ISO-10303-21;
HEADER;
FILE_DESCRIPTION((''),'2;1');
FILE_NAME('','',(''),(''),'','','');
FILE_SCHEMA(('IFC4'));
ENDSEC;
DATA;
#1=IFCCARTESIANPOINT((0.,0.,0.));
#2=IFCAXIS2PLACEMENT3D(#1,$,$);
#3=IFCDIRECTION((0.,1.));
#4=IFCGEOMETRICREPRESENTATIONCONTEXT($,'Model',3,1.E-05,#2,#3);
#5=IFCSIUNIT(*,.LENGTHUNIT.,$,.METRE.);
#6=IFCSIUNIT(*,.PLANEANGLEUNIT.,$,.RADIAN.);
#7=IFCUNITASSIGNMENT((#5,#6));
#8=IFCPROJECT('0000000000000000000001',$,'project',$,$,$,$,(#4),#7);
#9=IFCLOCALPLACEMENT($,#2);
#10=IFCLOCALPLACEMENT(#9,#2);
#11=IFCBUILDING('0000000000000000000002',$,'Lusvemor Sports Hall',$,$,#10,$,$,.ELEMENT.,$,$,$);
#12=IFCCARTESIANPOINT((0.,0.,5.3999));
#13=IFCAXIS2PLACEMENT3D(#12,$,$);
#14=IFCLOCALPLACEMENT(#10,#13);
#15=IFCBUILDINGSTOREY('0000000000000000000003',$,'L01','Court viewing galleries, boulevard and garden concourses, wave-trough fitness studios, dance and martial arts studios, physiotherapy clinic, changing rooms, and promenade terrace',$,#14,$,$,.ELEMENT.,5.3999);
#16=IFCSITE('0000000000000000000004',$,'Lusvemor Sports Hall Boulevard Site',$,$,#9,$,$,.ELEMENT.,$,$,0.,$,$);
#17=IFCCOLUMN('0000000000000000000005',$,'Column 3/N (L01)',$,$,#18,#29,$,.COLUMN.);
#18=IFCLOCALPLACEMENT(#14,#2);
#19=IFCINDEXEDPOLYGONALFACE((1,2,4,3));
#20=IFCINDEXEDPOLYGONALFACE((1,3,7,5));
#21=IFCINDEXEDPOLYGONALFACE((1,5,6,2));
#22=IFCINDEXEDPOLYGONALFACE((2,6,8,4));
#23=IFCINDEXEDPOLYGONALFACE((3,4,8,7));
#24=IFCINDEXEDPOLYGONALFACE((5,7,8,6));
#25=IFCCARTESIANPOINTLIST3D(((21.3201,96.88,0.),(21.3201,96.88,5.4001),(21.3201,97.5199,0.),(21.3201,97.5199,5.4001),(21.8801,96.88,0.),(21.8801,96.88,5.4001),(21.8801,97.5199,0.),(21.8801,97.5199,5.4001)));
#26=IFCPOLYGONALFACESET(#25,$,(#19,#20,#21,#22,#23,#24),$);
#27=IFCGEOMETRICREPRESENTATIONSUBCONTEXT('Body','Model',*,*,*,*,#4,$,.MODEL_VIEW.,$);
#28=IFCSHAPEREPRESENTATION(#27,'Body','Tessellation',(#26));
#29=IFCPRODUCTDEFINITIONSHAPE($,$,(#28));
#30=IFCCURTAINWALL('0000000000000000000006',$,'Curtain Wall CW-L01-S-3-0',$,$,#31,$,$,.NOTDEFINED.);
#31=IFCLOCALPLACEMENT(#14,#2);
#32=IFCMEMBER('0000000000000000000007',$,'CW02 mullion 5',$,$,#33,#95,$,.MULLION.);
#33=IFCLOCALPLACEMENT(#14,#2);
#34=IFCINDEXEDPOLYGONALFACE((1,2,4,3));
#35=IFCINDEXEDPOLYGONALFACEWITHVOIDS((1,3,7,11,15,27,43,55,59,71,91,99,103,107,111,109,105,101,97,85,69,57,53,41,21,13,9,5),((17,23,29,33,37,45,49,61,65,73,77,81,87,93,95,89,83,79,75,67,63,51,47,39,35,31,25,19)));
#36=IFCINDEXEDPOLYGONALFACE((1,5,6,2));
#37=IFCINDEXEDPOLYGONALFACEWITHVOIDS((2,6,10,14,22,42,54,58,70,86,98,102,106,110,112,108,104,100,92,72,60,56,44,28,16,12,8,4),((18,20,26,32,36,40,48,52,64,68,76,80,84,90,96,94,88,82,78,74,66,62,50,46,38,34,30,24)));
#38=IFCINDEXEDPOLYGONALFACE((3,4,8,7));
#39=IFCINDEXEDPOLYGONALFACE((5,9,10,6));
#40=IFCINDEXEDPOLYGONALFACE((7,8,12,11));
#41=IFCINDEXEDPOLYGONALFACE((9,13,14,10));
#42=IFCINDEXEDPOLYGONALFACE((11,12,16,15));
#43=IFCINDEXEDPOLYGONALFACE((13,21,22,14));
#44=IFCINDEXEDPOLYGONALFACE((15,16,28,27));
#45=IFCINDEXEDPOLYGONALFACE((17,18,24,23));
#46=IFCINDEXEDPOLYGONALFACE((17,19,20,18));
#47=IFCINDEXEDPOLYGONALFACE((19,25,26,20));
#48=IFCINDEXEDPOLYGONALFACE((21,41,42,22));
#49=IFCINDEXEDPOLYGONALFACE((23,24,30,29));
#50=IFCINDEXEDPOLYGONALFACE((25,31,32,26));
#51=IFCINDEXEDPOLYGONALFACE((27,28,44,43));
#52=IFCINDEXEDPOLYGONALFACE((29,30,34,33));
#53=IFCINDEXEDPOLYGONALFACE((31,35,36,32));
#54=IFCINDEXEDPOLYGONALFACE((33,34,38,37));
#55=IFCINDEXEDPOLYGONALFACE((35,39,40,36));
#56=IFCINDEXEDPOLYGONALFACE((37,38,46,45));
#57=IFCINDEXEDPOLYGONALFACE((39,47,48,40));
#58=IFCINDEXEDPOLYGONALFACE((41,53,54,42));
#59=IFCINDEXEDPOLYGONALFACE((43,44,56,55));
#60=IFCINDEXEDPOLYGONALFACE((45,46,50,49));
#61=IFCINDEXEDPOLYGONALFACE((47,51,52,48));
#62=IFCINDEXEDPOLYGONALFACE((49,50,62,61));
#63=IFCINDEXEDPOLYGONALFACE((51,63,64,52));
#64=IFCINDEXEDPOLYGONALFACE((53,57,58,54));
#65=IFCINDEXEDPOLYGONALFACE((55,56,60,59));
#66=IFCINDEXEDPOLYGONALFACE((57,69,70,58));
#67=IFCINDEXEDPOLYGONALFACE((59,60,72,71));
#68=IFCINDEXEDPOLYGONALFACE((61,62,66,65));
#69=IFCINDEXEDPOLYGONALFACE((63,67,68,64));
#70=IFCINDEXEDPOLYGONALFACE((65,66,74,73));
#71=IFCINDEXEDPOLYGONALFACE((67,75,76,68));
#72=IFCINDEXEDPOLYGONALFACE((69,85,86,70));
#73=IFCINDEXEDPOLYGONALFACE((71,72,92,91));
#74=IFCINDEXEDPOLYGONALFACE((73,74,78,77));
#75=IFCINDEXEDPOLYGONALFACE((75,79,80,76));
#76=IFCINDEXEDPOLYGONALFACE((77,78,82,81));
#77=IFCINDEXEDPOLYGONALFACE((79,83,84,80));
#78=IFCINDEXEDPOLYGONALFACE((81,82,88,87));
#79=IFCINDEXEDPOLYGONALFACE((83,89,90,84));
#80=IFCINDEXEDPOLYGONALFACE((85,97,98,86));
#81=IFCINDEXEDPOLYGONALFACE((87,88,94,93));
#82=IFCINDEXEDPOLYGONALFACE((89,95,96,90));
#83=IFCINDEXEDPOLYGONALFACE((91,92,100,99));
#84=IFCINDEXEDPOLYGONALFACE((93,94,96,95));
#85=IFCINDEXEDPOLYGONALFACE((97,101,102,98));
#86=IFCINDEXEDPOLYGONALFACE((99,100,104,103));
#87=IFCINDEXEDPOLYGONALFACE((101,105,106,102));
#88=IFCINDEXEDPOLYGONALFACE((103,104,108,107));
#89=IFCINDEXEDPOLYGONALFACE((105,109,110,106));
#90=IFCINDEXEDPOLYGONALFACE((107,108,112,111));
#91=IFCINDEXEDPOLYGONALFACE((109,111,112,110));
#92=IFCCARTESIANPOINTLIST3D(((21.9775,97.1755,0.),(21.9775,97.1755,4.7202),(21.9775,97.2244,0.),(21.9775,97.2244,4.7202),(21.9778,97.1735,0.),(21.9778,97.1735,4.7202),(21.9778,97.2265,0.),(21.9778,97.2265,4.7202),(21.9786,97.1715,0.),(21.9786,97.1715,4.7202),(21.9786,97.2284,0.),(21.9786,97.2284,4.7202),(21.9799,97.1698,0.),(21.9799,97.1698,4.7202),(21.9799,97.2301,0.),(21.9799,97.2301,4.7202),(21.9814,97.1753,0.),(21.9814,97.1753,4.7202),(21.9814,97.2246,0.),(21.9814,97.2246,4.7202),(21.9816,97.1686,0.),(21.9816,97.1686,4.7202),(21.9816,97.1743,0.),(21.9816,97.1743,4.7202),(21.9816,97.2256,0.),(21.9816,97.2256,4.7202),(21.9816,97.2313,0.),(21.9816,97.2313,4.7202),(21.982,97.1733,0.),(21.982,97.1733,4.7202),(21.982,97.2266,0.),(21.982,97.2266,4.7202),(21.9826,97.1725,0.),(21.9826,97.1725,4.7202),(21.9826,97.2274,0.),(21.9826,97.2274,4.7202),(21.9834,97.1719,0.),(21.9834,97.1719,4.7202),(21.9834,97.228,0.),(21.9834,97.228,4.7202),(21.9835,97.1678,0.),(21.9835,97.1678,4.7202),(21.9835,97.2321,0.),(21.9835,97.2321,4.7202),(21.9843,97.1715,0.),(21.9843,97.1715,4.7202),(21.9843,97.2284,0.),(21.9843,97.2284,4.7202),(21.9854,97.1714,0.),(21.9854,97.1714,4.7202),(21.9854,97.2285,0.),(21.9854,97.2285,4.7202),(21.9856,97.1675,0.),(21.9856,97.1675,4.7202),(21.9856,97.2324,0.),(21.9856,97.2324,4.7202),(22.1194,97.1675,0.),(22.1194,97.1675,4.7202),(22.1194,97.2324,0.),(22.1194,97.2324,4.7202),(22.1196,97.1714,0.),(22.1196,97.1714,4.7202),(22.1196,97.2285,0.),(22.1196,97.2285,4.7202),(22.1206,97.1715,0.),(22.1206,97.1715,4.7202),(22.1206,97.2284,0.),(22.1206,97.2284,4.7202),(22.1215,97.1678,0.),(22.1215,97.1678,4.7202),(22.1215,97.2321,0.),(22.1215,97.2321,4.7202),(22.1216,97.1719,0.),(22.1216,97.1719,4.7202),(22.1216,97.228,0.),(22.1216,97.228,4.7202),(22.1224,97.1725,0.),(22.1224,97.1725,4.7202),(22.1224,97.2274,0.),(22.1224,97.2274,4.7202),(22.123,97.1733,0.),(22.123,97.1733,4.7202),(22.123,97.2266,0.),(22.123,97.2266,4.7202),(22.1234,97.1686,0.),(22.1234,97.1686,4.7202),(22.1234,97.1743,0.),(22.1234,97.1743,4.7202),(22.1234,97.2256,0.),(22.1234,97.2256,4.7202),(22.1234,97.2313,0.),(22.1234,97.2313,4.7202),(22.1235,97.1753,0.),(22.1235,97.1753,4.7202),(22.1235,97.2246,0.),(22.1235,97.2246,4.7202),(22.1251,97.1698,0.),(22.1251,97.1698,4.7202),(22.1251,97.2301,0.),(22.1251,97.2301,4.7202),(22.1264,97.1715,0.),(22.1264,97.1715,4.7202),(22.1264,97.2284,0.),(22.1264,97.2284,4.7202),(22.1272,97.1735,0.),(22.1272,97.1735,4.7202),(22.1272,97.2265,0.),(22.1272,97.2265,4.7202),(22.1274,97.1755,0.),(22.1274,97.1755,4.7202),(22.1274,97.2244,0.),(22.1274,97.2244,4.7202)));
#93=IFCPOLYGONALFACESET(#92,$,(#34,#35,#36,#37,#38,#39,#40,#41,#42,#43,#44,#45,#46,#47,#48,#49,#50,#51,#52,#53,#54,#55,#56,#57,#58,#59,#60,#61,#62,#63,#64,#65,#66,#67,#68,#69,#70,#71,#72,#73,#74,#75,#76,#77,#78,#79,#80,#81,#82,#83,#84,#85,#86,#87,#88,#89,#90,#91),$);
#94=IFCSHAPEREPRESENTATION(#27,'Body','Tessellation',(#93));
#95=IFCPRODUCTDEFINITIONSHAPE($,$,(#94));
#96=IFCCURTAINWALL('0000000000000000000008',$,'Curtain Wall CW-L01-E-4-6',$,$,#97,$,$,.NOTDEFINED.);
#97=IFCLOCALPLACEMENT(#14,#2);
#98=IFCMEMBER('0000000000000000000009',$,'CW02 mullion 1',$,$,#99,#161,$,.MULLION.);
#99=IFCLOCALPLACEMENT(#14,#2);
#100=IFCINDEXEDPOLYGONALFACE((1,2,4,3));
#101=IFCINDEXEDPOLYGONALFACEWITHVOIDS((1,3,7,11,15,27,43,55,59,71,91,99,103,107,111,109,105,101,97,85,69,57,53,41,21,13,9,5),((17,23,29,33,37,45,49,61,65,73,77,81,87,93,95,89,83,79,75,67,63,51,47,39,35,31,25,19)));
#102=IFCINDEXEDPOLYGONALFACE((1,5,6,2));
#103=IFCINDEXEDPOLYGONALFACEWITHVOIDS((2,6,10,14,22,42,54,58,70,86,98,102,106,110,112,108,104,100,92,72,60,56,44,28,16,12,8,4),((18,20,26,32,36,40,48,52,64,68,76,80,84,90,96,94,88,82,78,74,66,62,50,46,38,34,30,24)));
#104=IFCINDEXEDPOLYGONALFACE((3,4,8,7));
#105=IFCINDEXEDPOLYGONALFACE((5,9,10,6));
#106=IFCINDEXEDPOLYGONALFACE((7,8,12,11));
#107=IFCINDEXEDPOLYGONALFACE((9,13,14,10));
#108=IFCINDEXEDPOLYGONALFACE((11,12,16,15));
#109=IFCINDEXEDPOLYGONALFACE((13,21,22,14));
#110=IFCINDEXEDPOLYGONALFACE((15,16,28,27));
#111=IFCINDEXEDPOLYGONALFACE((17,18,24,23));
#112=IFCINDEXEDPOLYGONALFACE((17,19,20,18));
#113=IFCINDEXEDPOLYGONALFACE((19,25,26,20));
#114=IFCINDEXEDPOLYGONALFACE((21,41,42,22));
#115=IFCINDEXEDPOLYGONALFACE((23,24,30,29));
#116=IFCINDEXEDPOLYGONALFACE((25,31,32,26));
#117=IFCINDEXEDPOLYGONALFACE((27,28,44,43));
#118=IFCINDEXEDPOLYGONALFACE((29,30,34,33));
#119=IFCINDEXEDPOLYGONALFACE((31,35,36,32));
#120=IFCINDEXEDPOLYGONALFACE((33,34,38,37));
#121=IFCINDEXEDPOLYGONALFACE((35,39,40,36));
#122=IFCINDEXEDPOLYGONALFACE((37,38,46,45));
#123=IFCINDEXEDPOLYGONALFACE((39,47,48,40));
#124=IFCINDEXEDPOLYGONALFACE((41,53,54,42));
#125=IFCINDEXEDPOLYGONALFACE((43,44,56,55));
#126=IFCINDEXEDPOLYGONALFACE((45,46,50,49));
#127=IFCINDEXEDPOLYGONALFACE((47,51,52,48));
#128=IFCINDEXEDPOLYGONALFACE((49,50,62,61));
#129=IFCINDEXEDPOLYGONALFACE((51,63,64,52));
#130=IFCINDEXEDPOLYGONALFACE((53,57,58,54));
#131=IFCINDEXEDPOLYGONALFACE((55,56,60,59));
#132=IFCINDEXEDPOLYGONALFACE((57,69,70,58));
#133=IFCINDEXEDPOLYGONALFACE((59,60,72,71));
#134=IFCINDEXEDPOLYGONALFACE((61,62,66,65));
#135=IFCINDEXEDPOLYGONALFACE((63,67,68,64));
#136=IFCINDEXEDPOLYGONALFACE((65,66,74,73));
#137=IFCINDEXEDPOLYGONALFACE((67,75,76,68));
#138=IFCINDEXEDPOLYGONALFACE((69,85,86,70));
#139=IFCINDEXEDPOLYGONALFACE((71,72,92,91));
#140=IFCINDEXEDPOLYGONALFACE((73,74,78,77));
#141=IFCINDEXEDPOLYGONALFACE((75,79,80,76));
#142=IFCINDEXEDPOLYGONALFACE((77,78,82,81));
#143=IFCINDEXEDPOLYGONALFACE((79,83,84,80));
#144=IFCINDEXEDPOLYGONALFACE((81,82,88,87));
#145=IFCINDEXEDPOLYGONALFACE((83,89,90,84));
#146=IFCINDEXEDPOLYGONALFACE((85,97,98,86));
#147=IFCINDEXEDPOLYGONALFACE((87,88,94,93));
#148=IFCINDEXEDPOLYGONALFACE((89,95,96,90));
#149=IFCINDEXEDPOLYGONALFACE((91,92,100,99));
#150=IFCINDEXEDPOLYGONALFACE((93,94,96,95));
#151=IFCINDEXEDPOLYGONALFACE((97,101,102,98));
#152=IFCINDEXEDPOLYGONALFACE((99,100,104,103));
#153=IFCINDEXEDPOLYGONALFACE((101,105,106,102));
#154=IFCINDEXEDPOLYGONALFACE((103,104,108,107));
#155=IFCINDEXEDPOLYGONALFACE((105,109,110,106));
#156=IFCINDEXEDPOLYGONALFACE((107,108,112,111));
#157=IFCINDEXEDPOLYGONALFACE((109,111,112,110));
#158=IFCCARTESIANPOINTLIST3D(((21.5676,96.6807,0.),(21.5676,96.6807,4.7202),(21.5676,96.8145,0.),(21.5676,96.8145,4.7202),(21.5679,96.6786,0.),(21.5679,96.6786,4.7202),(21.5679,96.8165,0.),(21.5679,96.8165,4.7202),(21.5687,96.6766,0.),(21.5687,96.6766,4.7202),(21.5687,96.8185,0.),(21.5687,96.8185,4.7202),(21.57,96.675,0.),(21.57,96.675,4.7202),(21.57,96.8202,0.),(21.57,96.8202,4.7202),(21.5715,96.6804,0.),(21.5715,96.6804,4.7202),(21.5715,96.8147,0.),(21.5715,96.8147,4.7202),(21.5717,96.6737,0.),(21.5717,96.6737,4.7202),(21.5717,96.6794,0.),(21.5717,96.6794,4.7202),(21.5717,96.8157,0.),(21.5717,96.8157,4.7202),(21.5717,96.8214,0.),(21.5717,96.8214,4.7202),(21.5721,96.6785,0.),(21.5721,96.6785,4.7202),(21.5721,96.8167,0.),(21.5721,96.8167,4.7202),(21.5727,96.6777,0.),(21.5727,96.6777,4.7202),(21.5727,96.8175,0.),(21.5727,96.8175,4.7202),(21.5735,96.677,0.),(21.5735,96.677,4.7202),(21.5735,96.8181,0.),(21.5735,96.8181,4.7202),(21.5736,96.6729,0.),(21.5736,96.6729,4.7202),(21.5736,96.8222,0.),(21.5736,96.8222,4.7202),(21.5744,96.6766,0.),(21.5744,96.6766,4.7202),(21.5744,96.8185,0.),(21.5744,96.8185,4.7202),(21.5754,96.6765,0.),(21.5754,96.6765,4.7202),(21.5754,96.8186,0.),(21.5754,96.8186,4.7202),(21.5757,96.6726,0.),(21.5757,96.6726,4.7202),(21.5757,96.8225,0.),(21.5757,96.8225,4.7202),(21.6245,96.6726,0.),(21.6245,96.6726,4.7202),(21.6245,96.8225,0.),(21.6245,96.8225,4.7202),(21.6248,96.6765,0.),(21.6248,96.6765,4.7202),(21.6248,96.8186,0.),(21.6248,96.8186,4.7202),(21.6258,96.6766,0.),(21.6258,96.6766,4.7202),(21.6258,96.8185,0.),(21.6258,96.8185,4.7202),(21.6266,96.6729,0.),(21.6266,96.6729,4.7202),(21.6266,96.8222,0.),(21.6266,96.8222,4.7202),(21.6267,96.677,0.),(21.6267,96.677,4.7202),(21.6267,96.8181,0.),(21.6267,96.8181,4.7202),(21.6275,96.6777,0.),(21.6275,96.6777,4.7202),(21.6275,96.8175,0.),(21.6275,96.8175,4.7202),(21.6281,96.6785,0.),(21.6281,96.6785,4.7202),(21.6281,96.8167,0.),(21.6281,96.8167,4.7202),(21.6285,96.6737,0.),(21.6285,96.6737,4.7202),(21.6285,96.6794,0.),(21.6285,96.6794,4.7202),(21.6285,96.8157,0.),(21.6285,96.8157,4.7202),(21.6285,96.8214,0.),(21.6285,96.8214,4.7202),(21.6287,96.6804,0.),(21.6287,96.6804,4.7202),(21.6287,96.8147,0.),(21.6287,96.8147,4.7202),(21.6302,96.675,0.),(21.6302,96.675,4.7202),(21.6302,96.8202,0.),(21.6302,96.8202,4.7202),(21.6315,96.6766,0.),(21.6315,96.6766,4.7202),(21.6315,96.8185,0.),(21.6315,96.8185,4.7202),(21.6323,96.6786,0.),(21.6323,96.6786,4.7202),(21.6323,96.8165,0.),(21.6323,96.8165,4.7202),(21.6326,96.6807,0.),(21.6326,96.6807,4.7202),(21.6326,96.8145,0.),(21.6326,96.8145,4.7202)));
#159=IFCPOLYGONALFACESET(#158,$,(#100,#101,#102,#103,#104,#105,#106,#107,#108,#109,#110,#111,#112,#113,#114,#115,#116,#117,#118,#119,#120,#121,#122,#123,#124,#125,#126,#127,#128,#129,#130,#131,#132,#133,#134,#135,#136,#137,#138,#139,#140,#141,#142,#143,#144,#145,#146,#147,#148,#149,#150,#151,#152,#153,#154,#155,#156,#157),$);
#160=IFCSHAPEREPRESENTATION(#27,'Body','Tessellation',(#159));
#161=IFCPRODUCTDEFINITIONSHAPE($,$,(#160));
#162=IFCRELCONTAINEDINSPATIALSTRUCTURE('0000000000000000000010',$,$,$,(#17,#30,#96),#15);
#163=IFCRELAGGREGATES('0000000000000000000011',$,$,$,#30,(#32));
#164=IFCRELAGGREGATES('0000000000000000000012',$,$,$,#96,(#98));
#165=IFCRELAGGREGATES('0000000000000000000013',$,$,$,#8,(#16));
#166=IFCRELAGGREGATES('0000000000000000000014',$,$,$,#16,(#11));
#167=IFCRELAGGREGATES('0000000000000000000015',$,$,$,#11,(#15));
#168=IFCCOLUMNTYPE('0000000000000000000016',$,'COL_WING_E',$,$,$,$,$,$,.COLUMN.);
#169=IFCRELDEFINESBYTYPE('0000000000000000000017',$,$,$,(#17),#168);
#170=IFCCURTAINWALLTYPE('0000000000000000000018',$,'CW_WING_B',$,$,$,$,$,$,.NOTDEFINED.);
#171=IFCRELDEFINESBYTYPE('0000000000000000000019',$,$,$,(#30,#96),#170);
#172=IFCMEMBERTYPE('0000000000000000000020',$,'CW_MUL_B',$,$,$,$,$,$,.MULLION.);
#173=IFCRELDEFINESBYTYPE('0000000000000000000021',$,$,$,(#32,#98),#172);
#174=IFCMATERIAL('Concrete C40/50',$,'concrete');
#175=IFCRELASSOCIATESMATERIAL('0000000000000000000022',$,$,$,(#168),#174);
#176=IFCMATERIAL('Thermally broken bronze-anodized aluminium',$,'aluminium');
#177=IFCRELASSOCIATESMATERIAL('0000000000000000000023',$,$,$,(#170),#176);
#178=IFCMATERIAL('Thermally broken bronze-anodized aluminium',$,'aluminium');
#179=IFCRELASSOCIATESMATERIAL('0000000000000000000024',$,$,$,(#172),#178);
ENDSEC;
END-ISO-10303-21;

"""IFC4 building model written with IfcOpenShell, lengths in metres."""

from ifc_helpers import new_model, si_unit, direction, frame, origin, origin_2d, place, context, subcontext, project, spatial, rectangle, hollow_rectangle, extrude, material, material_profile, profile_set, type_object, element, aggregate, save


model = new_model("IFC4")

# Units and contexts
model_context = context("Model", 3, precision=1e-05, world=origin(), true_north=direction((0.0, 1.0)))
body_context = subcontext(model_context, "Body", "Model", "MODEL_VIEW")
ifc_project = project(units=[si_unit("LENGTHUNIT", "METRE"), si_unit("PLANEANGLEUNIT", "RADIAN")], contexts=[model_context])

# Site, building, storey
site_placement = place(None, origin())
site = spatial("IfcSite", under=ifc_project, at=site_placement, Name="Lusvemor Sports Hall Boulevard Site", CompositionType="ELEMENT", RefElevation=0.0)
building_placement = place(site_placement, origin())
building = spatial("IfcBuilding", under=site, at=building_placement, Name="Lusvemor Sports Hall", CompositionType="ELEMENT")
storey_placement = place(building_placement, frame((0.0, 0.0, 5.3999)))
storey = spatial("IfcBuildingStorey", under=building, at=storey_placement, Name="L01", Description="Court viewing galleries, boulevard and garden concourses, wave-trough fitness studios, dance and martial arts studios, physiotherapy clinic, changing rooms, and promenade terrace", CompositionType="ELEMENT", Elevation=5.3999)

# Column
ifc_material_1 = material(Name="Concrete C40/50", Category="concrete")
ifc_material_profile_1 = material_profile(ifc_material_1, rectangle(XDim=0.5601, YDim=0.6399, at=origin_2d()), Name="RC560x640")
ifc_profile_set_1 = profile_set([ifc_material_profile_1], Name="Concrete C40/50")
column_type = type_object("IfcColumnType", Name="COL_WING_E", PredefinedType="COLUMN", material=ifc_profile_set_1)
column_placement = place(storey_placement, frame((21.6001, 97.2, 0.0), z_axis=(0.0, 0.0, 1.0), x_axis=(1.0, 0.0, 0.0)))
element("IfcColumn", 1, at=column_placement, inside=storey, type_object=column_type, Name="Column 3/N (L01)", PredefinedType="COLUMN", context=body_context, shape_type="SweptSolid", body=[
    extrude(rectangle(XDim=0.5601, YDim=0.6399, at=origin_2d()), origin(), (0.0, 0.0, 1.0), 5.4001),
])

# Curtain wall, member
ifc_material_2 = material(Name="Thermally broken bronze-anodized aluminium", Category="aluminium")
curtain_wall_type = type_object("IfcCurtainWallType", Name="CW_WING_B", PredefinedType="NOTDEFINED", material=ifc_material_2)
curtain_wall_1_placement = place(storey_placement, origin())
curtain_wall_1 = element("IfcCurtainWall", 2, at=curtain_wall_1_placement, inside=storey, type_object=curtain_wall_type, Name="Curtain Wall CW-L01-S-3-0", PredefinedType="NOTDEFINED")
ifc_material_3 = material(Name="Thermally broken bronze-anodized aluminium", Category="aluminium")
ifc_material_profile_2 = material_profile(ifc_material_3, hollow_rectangle(XDim=0.0649, YDim=0.1499, WallThickness=0.0039, InnerFilletRadius=0.0039, OuterFilletRadius=0.0081, at=origin_2d()), Name="CWMUL150x65x4")
ifc_profile_set_2 = profile_set([ifc_material_profile_2], Name="Thermally broken bronze-anodized aluminium")
member_type_1 = type_object("IfcMemberType", Name="CW_MUL_B", PredefinedType="MULLION", material=ifc_profile_set_2)
member_1_placement = place(storey_placement, frame((22.0525, 97.2, 0.0), z_axis=(0.0, 0.0, 1.0), x_axis=(0.0, -1.0, 0.0)))
member_1 = element("IfcMember", 3, at=member_1_placement, type_object=member_type_1, Name="CW02 mullion 5", PredefinedType="MULLION", context=body_context, shape_type="SweptSolid", body=[
    extrude(hollow_rectangle(XDim=0.0649, YDim=0.1499, WallThickness=0.0039, InnerFilletRadius=0.0039, OuterFilletRadius=0.0081, at=origin_2d()), origin(), (0.0, 0.0, 1.0), 4.7202),
])

# Curtain wall, member
curtain_wall_2_placement = place(storey_placement, origin())
curtain_wall_2 = element("IfcCurtainWall", 4, at=curtain_wall_2_placement, inside=storey, type_object=curtain_wall_type, Name="Curtain Wall CW-L01-E-4-6", PredefinedType="NOTDEFINED")
member_2_placement = place(storey_placement, frame((21.6001, 96.7476, 0.0), z_axis=(0.0, 0.0, 1.0), x_axis=(1.0, 0.0, 0.0)))
member_2 = element("IfcMember", 5, at=member_2_placement, type_object=member_type_1, Name="CW02 mullion 1", PredefinedType="MULLION", context=body_context, shape_type="SweptSolid", body=[
    extrude(hollow_rectangle(XDim=0.0649, YDim=0.1499, WallThickness=0.0039, InnerFilletRadius=0.0039, OuterFilletRadius=0.0081, at=origin_2d()), origin(), (0.0, 0.0, 1.0), 4.7202),
])

aggregate(curtain_wall_1, [member_1])
aggregate(curtain_wall_2, [member_2])

save(model, "model.ifc")
